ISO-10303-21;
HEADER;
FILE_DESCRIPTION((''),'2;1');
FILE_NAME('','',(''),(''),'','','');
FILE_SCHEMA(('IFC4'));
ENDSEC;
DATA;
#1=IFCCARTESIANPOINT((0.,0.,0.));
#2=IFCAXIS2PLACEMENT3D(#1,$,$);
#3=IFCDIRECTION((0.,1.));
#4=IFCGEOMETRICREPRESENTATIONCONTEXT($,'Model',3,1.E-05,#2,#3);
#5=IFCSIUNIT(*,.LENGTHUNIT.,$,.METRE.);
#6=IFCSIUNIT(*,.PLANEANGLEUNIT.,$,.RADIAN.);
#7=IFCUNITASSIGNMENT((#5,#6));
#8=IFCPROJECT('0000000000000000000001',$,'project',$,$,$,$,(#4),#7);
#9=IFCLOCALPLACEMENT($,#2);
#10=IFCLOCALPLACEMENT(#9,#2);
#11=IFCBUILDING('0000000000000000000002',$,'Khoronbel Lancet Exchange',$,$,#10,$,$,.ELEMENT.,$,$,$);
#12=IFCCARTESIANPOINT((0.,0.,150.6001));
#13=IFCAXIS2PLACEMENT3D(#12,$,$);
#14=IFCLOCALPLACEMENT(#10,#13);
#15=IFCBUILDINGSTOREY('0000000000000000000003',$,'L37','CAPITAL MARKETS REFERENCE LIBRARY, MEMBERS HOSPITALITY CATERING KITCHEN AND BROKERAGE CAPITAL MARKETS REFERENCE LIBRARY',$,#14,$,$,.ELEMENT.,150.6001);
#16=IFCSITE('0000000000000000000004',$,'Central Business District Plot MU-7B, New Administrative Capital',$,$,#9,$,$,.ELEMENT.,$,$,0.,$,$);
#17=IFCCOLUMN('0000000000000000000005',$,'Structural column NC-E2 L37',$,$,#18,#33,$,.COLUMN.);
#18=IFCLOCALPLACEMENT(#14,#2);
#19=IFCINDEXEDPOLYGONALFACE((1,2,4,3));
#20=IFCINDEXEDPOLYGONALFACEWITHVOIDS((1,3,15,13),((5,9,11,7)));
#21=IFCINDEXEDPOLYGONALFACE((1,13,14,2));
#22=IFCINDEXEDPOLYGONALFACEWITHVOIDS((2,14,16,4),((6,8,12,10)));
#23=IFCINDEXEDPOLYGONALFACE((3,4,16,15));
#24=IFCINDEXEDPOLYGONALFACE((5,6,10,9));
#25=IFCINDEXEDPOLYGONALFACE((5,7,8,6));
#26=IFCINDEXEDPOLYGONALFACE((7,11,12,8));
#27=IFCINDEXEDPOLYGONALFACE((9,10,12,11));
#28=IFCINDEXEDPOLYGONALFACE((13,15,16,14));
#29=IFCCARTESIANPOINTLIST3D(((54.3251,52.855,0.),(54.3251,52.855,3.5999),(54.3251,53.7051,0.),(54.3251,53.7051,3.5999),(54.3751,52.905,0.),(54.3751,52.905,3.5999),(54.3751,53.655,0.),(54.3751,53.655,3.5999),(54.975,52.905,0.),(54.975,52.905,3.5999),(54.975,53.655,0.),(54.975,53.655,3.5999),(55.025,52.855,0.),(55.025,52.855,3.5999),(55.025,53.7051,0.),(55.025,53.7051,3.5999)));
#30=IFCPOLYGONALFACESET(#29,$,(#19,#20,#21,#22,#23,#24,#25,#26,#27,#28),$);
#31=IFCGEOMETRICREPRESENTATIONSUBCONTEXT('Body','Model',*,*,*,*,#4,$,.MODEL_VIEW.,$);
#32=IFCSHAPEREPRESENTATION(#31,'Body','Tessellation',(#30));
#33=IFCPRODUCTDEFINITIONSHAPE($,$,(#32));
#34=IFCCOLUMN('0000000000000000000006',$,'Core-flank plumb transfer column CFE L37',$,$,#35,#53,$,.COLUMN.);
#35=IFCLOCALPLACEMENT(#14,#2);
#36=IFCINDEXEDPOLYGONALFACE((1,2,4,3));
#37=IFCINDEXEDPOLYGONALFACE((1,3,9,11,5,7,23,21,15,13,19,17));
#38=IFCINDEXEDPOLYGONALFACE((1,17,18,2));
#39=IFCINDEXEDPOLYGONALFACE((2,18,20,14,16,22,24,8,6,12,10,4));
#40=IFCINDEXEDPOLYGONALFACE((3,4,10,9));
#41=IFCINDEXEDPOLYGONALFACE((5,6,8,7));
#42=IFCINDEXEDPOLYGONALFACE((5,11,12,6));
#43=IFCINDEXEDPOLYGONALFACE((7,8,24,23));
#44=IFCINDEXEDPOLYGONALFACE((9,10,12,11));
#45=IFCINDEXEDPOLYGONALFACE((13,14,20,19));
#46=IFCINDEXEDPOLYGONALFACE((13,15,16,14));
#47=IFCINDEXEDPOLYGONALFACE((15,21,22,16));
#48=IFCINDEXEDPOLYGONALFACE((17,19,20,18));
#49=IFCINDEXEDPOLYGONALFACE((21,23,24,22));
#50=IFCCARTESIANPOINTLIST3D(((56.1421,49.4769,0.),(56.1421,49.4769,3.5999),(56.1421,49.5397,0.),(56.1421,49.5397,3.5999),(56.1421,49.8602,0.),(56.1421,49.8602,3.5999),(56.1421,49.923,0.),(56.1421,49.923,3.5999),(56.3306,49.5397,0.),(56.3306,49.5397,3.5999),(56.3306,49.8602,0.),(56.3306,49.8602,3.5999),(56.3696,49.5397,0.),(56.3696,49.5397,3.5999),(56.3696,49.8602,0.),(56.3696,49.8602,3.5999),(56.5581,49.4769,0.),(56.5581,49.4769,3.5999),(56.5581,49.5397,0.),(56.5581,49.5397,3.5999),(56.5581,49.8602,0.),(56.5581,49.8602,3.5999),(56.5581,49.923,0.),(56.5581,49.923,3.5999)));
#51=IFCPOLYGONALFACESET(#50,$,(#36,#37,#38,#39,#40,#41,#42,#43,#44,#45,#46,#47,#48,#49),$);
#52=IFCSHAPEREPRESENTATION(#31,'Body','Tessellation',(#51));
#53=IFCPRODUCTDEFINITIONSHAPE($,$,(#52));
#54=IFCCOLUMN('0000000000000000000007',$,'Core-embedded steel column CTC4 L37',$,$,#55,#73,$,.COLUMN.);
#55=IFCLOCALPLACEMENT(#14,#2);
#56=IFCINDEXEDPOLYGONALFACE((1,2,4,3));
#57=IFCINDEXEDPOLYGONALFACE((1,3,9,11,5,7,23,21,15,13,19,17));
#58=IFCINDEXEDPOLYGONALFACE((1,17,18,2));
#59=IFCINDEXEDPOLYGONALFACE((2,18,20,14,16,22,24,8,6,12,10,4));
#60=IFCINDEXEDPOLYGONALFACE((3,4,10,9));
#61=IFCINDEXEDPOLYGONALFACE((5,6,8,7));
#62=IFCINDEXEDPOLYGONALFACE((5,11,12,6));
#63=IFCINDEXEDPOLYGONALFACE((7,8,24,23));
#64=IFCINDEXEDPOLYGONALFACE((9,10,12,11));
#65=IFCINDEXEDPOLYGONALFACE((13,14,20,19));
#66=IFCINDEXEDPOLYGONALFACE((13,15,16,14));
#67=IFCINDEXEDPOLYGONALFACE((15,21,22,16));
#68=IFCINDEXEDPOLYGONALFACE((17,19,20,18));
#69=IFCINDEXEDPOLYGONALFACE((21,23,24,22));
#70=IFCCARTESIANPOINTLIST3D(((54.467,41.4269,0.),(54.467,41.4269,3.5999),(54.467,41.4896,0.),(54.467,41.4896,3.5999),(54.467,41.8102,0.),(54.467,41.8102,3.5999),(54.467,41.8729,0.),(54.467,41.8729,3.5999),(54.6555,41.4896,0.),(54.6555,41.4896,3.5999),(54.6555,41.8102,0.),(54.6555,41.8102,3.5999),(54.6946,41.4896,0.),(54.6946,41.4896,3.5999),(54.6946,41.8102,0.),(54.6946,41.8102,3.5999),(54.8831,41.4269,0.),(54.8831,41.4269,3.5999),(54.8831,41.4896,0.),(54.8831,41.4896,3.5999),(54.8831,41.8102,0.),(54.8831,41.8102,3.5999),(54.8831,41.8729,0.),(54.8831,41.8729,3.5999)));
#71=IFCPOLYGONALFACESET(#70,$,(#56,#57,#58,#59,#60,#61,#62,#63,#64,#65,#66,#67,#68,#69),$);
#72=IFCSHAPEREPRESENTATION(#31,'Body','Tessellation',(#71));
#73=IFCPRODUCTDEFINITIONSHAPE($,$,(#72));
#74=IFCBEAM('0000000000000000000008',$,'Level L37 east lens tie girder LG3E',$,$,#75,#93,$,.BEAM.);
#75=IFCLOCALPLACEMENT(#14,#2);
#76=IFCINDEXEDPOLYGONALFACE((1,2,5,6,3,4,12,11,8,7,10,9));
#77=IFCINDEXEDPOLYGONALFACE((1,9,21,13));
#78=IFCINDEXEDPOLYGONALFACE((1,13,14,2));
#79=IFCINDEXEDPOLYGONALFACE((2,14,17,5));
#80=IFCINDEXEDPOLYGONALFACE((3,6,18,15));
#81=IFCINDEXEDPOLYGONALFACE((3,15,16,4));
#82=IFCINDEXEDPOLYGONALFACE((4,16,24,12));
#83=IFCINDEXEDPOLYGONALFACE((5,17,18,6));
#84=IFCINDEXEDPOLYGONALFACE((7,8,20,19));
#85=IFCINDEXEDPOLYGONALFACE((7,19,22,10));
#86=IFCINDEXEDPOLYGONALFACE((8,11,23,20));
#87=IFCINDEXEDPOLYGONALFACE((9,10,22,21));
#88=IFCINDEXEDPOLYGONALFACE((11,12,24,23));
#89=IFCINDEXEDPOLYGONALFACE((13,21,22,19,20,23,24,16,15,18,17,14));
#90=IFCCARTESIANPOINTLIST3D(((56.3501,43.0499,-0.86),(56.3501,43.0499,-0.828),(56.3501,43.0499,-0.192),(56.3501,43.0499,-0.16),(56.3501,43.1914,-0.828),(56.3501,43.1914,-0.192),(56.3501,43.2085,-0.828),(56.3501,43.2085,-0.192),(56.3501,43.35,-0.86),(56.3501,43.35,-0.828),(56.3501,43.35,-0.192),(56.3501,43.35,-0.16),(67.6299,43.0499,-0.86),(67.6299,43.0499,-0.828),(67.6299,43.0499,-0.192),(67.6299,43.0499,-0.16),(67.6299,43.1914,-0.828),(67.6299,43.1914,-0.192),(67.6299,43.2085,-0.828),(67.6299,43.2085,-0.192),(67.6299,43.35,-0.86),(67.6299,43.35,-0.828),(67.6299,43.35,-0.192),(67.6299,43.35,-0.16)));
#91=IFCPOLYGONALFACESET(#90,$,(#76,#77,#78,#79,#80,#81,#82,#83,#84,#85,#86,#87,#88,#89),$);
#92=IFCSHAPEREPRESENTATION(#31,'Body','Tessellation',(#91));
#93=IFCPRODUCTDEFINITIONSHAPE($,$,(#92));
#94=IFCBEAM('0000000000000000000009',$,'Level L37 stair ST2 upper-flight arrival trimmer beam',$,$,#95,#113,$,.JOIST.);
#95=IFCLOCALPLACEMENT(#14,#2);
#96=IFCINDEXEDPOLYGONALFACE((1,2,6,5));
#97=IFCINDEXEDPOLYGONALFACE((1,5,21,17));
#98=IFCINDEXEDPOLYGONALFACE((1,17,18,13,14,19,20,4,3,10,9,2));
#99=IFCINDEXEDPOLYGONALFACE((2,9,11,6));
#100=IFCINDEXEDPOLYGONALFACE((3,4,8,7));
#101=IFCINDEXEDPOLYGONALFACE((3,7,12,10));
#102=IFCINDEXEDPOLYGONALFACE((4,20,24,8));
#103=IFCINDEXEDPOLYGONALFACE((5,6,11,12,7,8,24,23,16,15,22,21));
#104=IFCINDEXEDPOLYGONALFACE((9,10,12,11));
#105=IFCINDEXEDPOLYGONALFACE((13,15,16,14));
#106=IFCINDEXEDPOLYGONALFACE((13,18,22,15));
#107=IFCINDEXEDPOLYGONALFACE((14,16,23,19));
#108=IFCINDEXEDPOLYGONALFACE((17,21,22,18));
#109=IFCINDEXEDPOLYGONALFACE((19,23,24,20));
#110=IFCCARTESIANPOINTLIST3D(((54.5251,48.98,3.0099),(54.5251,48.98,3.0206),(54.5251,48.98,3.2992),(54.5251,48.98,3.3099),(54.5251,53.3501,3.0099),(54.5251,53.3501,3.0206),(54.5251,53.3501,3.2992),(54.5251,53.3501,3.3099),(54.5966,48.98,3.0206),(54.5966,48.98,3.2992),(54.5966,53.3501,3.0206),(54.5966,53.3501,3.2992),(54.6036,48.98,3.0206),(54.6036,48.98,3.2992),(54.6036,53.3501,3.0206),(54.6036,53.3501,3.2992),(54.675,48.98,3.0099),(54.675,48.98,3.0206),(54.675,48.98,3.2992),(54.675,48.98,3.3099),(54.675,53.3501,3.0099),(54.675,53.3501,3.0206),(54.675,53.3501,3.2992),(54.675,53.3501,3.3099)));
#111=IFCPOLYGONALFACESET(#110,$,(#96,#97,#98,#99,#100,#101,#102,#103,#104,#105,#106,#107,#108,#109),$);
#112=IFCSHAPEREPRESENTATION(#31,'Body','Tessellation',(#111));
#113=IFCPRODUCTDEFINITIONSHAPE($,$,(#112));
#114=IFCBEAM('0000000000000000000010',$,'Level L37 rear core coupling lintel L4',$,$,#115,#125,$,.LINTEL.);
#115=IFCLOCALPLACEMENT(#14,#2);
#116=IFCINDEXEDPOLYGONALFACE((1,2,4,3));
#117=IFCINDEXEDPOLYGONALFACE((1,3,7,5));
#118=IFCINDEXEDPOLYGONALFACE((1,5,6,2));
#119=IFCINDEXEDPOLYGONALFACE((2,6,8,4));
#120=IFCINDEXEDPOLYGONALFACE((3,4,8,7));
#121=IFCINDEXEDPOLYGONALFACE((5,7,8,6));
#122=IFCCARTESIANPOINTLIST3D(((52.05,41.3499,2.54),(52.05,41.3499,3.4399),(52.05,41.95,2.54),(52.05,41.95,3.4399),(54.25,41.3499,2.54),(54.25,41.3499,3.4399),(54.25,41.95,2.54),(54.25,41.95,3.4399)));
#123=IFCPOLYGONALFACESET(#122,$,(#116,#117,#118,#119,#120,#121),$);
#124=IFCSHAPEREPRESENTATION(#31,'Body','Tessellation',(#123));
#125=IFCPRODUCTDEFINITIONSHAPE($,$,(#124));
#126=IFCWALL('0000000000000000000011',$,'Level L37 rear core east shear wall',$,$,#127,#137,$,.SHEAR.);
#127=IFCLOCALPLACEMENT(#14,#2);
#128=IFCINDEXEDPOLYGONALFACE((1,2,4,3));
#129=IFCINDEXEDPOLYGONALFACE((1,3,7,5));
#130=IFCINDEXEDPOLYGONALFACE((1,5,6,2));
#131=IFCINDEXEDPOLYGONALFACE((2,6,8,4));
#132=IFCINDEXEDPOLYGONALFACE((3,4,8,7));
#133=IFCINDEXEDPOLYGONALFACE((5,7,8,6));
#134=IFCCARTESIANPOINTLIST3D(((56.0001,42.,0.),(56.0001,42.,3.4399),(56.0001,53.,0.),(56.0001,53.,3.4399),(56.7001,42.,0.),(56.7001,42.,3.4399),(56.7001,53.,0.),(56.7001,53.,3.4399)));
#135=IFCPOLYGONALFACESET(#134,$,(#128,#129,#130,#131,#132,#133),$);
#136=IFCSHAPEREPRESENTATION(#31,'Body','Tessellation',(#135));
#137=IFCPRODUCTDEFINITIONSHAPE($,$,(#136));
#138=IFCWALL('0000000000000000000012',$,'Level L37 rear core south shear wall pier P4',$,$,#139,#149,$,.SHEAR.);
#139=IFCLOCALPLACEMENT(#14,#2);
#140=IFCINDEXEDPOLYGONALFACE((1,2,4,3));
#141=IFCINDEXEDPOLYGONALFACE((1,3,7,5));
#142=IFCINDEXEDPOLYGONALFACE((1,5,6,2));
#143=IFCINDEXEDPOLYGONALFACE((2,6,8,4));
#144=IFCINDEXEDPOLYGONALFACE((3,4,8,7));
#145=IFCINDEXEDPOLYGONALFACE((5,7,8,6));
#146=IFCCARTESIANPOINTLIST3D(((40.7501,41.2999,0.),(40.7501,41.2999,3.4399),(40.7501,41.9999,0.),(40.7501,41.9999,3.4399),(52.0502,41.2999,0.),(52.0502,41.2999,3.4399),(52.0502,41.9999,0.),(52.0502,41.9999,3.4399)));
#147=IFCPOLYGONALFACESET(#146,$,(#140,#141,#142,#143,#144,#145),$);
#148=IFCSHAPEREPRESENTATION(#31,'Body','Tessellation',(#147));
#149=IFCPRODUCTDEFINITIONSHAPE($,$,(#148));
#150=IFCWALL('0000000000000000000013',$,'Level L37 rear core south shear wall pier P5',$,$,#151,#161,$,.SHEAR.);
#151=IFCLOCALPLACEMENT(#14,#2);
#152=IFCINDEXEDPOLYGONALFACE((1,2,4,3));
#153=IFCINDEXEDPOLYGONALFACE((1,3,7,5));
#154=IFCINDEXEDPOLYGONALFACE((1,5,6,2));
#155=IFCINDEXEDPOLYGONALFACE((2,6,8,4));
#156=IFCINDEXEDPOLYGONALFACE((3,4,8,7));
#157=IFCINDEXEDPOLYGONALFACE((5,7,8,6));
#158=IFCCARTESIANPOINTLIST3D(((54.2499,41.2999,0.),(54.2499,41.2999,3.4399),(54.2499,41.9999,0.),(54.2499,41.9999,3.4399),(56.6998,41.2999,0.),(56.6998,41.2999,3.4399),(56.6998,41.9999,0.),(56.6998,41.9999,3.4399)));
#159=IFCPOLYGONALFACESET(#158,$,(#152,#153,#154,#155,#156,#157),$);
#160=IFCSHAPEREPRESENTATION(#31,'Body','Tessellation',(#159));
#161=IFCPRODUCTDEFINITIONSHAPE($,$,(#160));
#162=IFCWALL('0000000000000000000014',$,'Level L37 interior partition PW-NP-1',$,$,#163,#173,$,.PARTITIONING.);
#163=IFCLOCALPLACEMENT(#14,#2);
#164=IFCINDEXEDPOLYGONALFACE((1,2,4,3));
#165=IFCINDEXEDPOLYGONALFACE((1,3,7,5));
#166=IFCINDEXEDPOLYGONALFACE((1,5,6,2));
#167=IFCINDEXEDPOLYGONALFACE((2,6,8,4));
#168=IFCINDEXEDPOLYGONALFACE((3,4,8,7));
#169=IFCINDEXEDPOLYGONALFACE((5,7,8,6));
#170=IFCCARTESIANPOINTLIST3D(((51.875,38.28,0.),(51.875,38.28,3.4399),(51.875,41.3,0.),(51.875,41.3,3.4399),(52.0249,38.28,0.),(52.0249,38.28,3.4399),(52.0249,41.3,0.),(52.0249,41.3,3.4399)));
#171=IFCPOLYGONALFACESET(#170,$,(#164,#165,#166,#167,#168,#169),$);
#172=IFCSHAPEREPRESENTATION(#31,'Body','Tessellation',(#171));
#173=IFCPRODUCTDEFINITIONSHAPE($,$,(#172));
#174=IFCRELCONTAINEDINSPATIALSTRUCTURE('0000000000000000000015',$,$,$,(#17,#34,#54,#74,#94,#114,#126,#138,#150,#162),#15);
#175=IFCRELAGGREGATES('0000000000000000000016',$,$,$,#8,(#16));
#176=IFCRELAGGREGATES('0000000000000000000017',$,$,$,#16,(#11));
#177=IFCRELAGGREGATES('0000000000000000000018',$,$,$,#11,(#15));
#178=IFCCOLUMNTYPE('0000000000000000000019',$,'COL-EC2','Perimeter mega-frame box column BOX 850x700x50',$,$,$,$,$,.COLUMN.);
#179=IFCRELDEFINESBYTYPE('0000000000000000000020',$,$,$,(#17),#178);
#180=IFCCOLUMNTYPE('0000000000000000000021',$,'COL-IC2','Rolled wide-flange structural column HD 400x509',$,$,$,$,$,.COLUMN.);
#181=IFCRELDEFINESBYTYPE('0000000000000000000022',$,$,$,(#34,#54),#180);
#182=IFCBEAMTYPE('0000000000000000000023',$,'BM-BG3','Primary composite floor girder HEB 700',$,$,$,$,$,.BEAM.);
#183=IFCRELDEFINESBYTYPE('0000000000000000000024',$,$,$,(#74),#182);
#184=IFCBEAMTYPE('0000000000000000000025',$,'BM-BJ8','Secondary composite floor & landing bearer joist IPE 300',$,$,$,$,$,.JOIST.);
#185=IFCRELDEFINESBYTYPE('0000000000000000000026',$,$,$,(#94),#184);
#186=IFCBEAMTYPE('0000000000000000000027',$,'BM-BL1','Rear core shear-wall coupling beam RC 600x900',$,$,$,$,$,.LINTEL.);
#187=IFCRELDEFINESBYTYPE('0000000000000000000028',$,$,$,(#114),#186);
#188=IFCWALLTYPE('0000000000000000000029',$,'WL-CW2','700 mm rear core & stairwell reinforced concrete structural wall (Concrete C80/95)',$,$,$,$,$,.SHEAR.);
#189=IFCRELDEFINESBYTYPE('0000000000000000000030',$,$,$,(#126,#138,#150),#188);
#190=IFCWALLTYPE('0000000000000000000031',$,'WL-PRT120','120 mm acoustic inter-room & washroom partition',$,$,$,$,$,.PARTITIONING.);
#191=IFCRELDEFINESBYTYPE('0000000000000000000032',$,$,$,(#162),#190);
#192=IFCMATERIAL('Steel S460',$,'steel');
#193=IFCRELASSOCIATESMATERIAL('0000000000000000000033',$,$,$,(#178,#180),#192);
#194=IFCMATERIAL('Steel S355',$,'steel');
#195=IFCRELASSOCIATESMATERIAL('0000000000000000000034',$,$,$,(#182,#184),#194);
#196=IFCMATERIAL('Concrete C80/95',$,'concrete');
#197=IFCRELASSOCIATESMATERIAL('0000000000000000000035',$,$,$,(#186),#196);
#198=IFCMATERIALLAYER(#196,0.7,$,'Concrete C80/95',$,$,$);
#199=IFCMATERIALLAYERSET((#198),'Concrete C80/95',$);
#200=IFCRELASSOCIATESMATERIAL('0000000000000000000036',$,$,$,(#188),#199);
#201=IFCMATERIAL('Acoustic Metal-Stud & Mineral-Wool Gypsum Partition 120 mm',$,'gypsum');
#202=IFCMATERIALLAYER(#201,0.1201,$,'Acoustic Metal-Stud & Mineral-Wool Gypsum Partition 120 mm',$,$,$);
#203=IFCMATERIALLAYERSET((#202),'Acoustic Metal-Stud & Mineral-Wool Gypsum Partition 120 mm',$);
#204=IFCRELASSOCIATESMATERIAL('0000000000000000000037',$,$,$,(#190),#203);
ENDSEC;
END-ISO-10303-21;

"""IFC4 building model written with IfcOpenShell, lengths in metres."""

from ifc_helpers import new_model, si_unit, direction, frame, frame_2d, origin, origin_2d, place, context, subcontext, project, spatial, rectangle, hollow_rectangle, i_section, extrude, material, layer, layer_set, material_profile, profile_set, type_object, element, save


model = new_model("IFC4")

# Units and contexts
model_context = context("Model", 3, precision=1e-05, world=origin(), true_north=direction((0.0, 1.0)))
body_context = subcontext(model_context, "Body", "Model", "MODEL_VIEW")
ifc_project = project(units=[si_unit("LENGTHUNIT", "METRE"), si_unit("PLANEANGLEUNIT", "RADIAN")], contexts=[model_context])

# Site, building, storey
site_placement = place(None, origin())
site = spatial("IfcSite", under=ifc_project, at=site_placement, Name="Central Business District Plot MU-7B, New Administrative Capital", CompositionType="ELEMENT", RefElevation=0.0)
building_placement = place(site_placement, origin())
building = spatial("IfcBuilding", under=site, at=building_placement, Name="Khoronbel Lancet Exchange", CompositionType="ELEMENT")
storey_placement = place(building_placement, frame((0.0, 0.0, 150.6001)))
storey = spatial("IfcBuildingStorey", under=building, at=storey_placement, Name="L37", Description="CAPITAL MARKETS REFERENCE LIBRARY, MEMBERS HOSPITALITY CATERING KITCHEN AND BROKERAGE CAPITAL MARKETS REFERENCE LIBRARY", CompositionType="ELEMENT", Elevation=150.6001)

# Columns
ifc_material_1 = material(Name="Steel S460", Category="steel")
ifc_material_profile_1 = material_profile(ifc_material_1, hollow_rectangle(XDim=0.7, YDim=0.8501, WallThickness=0.05, at=origin_2d()), Name="BOX 850x700x50")
ifc_profile_set_1 = profile_set([ifc_material_profile_1], Name="Steel S460")
column_type_1 = type_object("IfcColumnType", Name="COL-EC2", Description="Perimeter mega-frame box column BOX 850x700x50", PredefinedType="COLUMN", material=ifc_profile_set_1)
column_placement = place(storey_placement, frame((54.675, 53.28, 0.0), z_axis=(0.0, 0.0, 1.0), x_axis=(1.0, 0.0, 0.0)))
element("IfcColumn", 1, at=column_placement, inside=storey, type_object=column_type_1, Name="Structural column NC-E2 L37", PredefinedType="COLUMN", context=body_context, shape_type="SweptSolid", body=[
    extrude(hollow_rectangle(XDim=0.7, YDim=0.8501, WallThickness=0.05, at=origin_2d()), origin(), (0.0, 0.0, 1.0), 3.5999),
])
ifc_material_profile_2 = material_profile(ifc_material_1, i_section(OverallWidth=0.416, OverallDepth=0.446, WebThickness=0.0391, FlangeThickness=0.0627, at=origin_2d()), Name="HD 400x509")
ifc_profile_set_2 = profile_set([ifc_material_profile_2], Name="Steel S460")
column_type_2 = type_object("IfcColumnType", Name="COL-IC2", Description="Rolled wide-flange structural column HD 400x509", PredefinedType="COLUMN", material=ifc_profile_set_2)
for number, where, z_axis, x_axis, name in (
    (2, (56.3501, 49.7, 0.0), (0.0, 0.0, 1.0), (1.0, 0.0, 0.0), "Core-flank plumb transfer column CFE L37"),
    (3, (54.675, 41.6499, 0.0), (0.0, 0.0, 1.0), (1.0, 0.0, 0.0), "Core-embedded steel column CTC4 L37"),
):
    element("IfcColumn", number, at=place(storey_placement, frame(where, z_axis=z_axis, x_axis=x_axis)), inside=storey, type_object=column_type_2, Name=name, PredefinedType="COLUMN", context=body_context, shape_type="SweptSolid", body=[
        extrude(i_section(OverallWidth=0.416, OverallDepth=0.446, WebThickness=0.0391, FlangeThickness=0.0627, at=origin_2d()), origin(), (0.0, 0.0, 1.0), 3.5999),
    ])

# Beams
ifc_material_2 = material(Name="Steel S355", Category="steel")
ifc_material_profile_3 = material_profile(ifc_material_2, i_section(OverallWidth=0.3, OverallDepth=0.7, WebThickness=0.0171, FlangeThickness=0.032, at=origin_2d()), Name="HEB 700")
ifc_profile_set_3 = profile_set([ifc_material_profile_3], Name="Steel S355")
beam_type_1 = type_object("IfcBeamType", Name="BM-BG3", Description="Primary composite floor girder HEB 700", PredefinedType="BEAM", material=ifc_profile_set_3)
beam_1_placement = place(storey_placement, frame((56.3501, 43.2, -0.51), z_axis=(1.0, 0.0, 0.0), x_axis=(0.0, 1.0, 0.0)))
element("IfcBeam", 4, at=beam_1_placement, inside=storey, type_object=beam_type_1, Name="Level L37 east lens tie girder LG3E", PredefinedType="BEAM", context=body_context, shape_type="SweptSolid", body=[
    extrude(i_section(OverallWidth=0.3, OverallDepth=0.7, WebThickness=0.0171, FlangeThickness=0.032, at=origin_2d()), origin(), (0.0, 0.0, 1.0), 11.2798),
])
ifc_material_profile_4 = material_profile(ifc_material_2, i_section(OverallWidth=0.1499, OverallDepth=0.3, WebThickness=0.0071, FlangeThickness=0.0107, at=origin_2d()), Name="IPE 300")
ifc_profile_set_4 = profile_set([ifc_material_profile_4], Name="Steel S355")
beam_type_2 = type_object("IfcBeamType", Name="BM-BJ8", Description="Secondary composite floor & landing bearer joist IPE 300", PredefinedType="JOIST", material=ifc_profile_set_4)
beam_2_placement = place(storey_placement, frame((54.6001, 48.98, 3.1599), z_axis=(0.0, 1.0, 0.0), x_axis=(-1.0, 0.0, 0.0)))
element("IfcBeam", 5, at=beam_2_placement, inside=storey, type_object=beam_type_2, Name="Level L37 stair ST2 upper-flight arrival trimmer beam", PredefinedType="JOIST", context=body_context, shape_type="SweptSolid", body=[
    extrude(i_section(OverallWidth=0.1499, OverallDepth=0.3, WebThickness=0.0071, FlangeThickness=0.0107, at=origin_2d()), origin(), (0.0, 0.0, 1.0), 4.3701),
])
ifc_material_3 = material(Name="Concrete C80/95", Category="concrete")
ifc_material_profile_5 = material_profile(ifc_material_3, rectangle(XDim=0.6001, YDim=0.8999, at=origin_2d()), Name="RC 600x900")
ifc_profile_set_5 = profile_set([ifc_material_profile_5], Name="Concrete C80/95")
beam_type_3 = type_object("IfcBeamType", Name="BM-BL1", Description="Rear core shear-wall coupling beam RC 600x900", PredefinedType="LINTEL", material=ifc_profile_set_5)
beam_3_placement = place(storey_placement, frame((52.05, 41.6499, 2.99), z_axis=(1.0, 0.0, 0.0), x_axis=(0.0, 1.0, 0.0)))
element("IfcBeam", 6, at=beam_3_placement, inside=storey, type_object=beam_type_3, Name="Level L37 rear core coupling lintel L4", PredefinedType="LINTEL", context=body_context, shape_type="SweptSolid", body=[
    extrude(rectangle(XDim=0.6001, YDim=0.8999, at=origin_2d()), origin(), (0.0, 0.0, 1.0), 2.2),
])

# Walls
ifc_layer_1 = layer(ifc_material_3, 0.7, Name="Concrete C80/95")
ifc_layer_set_1 = layer_set([ifc_layer_1], Name="Concrete C80/95")
wall_type_1 = type_object("IfcWallType", Name="WL-CW2", Description="700 mm rear core & stairwell reinforced concrete structural wall (Concrete C80/95)", PredefinedType="SHEAR", material=ifc_layer_set_1)
wall_1_placement = place(storey_placement, frame((56.3501, 53.0, 0.0), z_axis=(0.0, 0.0, 1.0), x_axis=(0.0, -1.0, 0.0)))
element("IfcWall", 7, at=wall_1_placement, inside=storey, type_object=wall_type_1, Name="Level L37 rear core east shear wall", PredefinedType="SHEAR", context=body_context, shape_type="SweptSolid", body=[
    extrude(rectangle(XDim=11.0, YDim=0.7, at=frame_2d((5.5, 0.0))), origin(), (0.0, 0.0, 1.0), 3.4399),
])
wall_2_placement = place(storey_placement, frame((52.05, 41.6499, 0.0), z_axis=(0.0, 0.0, 1.0), x_axis=(-1.0, 0.0, 0.0)))
element("IfcWall", 8, at=wall_2_placement, inside=storey, type_object=wall_type_1, Name="Level L37 rear core south shear wall pier P4", PredefinedType="SHEAR", context=body_context, shape_type="SweptSolid", body=[
    extrude(rectangle(XDim=11.3, YDim=0.7, at=frame_2d((5.6499, 0.0))), origin(), (0.0, 0.0, 1.0), 3.4399),
])
wall_3_placement = place(storey_placement, frame((56.7, 41.6499, 0.0), z_axis=(0.0, 0.0, 1.0), x_axis=(-1.0, 0.0, 0.0)))
element("IfcWall", 9, at=wall_3_placement, inside=storey, type_object=wall_type_1, Name="Level L37 rear core south shear wall pier P5", PredefinedType="SHEAR", context=body_context, shape_type="SweptSolid", body=[
    extrude(rectangle(XDim=2.45, YDim=0.7, at=frame_2d((1.2251, 0.0))), origin(), (0.0, 0.0, 1.0), 3.4399),
])
ifc_material_4 = material(Name="Acoustic Metal-Stud & Mineral-Wool Gypsum Partition 120 mm", Category="gypsum")
ifc_layer_2 = layer(ifc_material_4, 0.1201, Name="Acoustic Metal-Stud & Mineral-Wool Gypsum Partition 120 mm")
ifc_layer_set_2 = layer_set([ifc_layer_2], Name="Acoustic Metal-Stud & Mineral-Wool Gypsum Partition 120 mm")
wall_type_2 = type_object("IfcWallType", Name="WL-PRT120", Description="120 mm acoustic inter-room & washroom partition", PredefinedType="PARTITIONING", material=ifc_layer_set_2)
wall_4_placement = place(storey_placement, frame((51.95, 38.28, 0.0), z_axis=(0.0, 0.0, 1.0), x_axis=(0.0, 1.0, 0.0)))
element("IfcWall", 10, at=wall_4_placement, inside=storey, type_object=wall_type_2, Name="Level L37 interior partition PW-NP-1", PredefinedType="PARTITIONING", context=body_context, shape_type="SweptSolid", body=[
    extrude(rectangle(XDim=3.02, YDim=0.1499, at=frame_2d((1.51, 0.0))), origin(), (0.0, 0.0, 1.0), 3.4399),
])

save(model, "model.ifc")
